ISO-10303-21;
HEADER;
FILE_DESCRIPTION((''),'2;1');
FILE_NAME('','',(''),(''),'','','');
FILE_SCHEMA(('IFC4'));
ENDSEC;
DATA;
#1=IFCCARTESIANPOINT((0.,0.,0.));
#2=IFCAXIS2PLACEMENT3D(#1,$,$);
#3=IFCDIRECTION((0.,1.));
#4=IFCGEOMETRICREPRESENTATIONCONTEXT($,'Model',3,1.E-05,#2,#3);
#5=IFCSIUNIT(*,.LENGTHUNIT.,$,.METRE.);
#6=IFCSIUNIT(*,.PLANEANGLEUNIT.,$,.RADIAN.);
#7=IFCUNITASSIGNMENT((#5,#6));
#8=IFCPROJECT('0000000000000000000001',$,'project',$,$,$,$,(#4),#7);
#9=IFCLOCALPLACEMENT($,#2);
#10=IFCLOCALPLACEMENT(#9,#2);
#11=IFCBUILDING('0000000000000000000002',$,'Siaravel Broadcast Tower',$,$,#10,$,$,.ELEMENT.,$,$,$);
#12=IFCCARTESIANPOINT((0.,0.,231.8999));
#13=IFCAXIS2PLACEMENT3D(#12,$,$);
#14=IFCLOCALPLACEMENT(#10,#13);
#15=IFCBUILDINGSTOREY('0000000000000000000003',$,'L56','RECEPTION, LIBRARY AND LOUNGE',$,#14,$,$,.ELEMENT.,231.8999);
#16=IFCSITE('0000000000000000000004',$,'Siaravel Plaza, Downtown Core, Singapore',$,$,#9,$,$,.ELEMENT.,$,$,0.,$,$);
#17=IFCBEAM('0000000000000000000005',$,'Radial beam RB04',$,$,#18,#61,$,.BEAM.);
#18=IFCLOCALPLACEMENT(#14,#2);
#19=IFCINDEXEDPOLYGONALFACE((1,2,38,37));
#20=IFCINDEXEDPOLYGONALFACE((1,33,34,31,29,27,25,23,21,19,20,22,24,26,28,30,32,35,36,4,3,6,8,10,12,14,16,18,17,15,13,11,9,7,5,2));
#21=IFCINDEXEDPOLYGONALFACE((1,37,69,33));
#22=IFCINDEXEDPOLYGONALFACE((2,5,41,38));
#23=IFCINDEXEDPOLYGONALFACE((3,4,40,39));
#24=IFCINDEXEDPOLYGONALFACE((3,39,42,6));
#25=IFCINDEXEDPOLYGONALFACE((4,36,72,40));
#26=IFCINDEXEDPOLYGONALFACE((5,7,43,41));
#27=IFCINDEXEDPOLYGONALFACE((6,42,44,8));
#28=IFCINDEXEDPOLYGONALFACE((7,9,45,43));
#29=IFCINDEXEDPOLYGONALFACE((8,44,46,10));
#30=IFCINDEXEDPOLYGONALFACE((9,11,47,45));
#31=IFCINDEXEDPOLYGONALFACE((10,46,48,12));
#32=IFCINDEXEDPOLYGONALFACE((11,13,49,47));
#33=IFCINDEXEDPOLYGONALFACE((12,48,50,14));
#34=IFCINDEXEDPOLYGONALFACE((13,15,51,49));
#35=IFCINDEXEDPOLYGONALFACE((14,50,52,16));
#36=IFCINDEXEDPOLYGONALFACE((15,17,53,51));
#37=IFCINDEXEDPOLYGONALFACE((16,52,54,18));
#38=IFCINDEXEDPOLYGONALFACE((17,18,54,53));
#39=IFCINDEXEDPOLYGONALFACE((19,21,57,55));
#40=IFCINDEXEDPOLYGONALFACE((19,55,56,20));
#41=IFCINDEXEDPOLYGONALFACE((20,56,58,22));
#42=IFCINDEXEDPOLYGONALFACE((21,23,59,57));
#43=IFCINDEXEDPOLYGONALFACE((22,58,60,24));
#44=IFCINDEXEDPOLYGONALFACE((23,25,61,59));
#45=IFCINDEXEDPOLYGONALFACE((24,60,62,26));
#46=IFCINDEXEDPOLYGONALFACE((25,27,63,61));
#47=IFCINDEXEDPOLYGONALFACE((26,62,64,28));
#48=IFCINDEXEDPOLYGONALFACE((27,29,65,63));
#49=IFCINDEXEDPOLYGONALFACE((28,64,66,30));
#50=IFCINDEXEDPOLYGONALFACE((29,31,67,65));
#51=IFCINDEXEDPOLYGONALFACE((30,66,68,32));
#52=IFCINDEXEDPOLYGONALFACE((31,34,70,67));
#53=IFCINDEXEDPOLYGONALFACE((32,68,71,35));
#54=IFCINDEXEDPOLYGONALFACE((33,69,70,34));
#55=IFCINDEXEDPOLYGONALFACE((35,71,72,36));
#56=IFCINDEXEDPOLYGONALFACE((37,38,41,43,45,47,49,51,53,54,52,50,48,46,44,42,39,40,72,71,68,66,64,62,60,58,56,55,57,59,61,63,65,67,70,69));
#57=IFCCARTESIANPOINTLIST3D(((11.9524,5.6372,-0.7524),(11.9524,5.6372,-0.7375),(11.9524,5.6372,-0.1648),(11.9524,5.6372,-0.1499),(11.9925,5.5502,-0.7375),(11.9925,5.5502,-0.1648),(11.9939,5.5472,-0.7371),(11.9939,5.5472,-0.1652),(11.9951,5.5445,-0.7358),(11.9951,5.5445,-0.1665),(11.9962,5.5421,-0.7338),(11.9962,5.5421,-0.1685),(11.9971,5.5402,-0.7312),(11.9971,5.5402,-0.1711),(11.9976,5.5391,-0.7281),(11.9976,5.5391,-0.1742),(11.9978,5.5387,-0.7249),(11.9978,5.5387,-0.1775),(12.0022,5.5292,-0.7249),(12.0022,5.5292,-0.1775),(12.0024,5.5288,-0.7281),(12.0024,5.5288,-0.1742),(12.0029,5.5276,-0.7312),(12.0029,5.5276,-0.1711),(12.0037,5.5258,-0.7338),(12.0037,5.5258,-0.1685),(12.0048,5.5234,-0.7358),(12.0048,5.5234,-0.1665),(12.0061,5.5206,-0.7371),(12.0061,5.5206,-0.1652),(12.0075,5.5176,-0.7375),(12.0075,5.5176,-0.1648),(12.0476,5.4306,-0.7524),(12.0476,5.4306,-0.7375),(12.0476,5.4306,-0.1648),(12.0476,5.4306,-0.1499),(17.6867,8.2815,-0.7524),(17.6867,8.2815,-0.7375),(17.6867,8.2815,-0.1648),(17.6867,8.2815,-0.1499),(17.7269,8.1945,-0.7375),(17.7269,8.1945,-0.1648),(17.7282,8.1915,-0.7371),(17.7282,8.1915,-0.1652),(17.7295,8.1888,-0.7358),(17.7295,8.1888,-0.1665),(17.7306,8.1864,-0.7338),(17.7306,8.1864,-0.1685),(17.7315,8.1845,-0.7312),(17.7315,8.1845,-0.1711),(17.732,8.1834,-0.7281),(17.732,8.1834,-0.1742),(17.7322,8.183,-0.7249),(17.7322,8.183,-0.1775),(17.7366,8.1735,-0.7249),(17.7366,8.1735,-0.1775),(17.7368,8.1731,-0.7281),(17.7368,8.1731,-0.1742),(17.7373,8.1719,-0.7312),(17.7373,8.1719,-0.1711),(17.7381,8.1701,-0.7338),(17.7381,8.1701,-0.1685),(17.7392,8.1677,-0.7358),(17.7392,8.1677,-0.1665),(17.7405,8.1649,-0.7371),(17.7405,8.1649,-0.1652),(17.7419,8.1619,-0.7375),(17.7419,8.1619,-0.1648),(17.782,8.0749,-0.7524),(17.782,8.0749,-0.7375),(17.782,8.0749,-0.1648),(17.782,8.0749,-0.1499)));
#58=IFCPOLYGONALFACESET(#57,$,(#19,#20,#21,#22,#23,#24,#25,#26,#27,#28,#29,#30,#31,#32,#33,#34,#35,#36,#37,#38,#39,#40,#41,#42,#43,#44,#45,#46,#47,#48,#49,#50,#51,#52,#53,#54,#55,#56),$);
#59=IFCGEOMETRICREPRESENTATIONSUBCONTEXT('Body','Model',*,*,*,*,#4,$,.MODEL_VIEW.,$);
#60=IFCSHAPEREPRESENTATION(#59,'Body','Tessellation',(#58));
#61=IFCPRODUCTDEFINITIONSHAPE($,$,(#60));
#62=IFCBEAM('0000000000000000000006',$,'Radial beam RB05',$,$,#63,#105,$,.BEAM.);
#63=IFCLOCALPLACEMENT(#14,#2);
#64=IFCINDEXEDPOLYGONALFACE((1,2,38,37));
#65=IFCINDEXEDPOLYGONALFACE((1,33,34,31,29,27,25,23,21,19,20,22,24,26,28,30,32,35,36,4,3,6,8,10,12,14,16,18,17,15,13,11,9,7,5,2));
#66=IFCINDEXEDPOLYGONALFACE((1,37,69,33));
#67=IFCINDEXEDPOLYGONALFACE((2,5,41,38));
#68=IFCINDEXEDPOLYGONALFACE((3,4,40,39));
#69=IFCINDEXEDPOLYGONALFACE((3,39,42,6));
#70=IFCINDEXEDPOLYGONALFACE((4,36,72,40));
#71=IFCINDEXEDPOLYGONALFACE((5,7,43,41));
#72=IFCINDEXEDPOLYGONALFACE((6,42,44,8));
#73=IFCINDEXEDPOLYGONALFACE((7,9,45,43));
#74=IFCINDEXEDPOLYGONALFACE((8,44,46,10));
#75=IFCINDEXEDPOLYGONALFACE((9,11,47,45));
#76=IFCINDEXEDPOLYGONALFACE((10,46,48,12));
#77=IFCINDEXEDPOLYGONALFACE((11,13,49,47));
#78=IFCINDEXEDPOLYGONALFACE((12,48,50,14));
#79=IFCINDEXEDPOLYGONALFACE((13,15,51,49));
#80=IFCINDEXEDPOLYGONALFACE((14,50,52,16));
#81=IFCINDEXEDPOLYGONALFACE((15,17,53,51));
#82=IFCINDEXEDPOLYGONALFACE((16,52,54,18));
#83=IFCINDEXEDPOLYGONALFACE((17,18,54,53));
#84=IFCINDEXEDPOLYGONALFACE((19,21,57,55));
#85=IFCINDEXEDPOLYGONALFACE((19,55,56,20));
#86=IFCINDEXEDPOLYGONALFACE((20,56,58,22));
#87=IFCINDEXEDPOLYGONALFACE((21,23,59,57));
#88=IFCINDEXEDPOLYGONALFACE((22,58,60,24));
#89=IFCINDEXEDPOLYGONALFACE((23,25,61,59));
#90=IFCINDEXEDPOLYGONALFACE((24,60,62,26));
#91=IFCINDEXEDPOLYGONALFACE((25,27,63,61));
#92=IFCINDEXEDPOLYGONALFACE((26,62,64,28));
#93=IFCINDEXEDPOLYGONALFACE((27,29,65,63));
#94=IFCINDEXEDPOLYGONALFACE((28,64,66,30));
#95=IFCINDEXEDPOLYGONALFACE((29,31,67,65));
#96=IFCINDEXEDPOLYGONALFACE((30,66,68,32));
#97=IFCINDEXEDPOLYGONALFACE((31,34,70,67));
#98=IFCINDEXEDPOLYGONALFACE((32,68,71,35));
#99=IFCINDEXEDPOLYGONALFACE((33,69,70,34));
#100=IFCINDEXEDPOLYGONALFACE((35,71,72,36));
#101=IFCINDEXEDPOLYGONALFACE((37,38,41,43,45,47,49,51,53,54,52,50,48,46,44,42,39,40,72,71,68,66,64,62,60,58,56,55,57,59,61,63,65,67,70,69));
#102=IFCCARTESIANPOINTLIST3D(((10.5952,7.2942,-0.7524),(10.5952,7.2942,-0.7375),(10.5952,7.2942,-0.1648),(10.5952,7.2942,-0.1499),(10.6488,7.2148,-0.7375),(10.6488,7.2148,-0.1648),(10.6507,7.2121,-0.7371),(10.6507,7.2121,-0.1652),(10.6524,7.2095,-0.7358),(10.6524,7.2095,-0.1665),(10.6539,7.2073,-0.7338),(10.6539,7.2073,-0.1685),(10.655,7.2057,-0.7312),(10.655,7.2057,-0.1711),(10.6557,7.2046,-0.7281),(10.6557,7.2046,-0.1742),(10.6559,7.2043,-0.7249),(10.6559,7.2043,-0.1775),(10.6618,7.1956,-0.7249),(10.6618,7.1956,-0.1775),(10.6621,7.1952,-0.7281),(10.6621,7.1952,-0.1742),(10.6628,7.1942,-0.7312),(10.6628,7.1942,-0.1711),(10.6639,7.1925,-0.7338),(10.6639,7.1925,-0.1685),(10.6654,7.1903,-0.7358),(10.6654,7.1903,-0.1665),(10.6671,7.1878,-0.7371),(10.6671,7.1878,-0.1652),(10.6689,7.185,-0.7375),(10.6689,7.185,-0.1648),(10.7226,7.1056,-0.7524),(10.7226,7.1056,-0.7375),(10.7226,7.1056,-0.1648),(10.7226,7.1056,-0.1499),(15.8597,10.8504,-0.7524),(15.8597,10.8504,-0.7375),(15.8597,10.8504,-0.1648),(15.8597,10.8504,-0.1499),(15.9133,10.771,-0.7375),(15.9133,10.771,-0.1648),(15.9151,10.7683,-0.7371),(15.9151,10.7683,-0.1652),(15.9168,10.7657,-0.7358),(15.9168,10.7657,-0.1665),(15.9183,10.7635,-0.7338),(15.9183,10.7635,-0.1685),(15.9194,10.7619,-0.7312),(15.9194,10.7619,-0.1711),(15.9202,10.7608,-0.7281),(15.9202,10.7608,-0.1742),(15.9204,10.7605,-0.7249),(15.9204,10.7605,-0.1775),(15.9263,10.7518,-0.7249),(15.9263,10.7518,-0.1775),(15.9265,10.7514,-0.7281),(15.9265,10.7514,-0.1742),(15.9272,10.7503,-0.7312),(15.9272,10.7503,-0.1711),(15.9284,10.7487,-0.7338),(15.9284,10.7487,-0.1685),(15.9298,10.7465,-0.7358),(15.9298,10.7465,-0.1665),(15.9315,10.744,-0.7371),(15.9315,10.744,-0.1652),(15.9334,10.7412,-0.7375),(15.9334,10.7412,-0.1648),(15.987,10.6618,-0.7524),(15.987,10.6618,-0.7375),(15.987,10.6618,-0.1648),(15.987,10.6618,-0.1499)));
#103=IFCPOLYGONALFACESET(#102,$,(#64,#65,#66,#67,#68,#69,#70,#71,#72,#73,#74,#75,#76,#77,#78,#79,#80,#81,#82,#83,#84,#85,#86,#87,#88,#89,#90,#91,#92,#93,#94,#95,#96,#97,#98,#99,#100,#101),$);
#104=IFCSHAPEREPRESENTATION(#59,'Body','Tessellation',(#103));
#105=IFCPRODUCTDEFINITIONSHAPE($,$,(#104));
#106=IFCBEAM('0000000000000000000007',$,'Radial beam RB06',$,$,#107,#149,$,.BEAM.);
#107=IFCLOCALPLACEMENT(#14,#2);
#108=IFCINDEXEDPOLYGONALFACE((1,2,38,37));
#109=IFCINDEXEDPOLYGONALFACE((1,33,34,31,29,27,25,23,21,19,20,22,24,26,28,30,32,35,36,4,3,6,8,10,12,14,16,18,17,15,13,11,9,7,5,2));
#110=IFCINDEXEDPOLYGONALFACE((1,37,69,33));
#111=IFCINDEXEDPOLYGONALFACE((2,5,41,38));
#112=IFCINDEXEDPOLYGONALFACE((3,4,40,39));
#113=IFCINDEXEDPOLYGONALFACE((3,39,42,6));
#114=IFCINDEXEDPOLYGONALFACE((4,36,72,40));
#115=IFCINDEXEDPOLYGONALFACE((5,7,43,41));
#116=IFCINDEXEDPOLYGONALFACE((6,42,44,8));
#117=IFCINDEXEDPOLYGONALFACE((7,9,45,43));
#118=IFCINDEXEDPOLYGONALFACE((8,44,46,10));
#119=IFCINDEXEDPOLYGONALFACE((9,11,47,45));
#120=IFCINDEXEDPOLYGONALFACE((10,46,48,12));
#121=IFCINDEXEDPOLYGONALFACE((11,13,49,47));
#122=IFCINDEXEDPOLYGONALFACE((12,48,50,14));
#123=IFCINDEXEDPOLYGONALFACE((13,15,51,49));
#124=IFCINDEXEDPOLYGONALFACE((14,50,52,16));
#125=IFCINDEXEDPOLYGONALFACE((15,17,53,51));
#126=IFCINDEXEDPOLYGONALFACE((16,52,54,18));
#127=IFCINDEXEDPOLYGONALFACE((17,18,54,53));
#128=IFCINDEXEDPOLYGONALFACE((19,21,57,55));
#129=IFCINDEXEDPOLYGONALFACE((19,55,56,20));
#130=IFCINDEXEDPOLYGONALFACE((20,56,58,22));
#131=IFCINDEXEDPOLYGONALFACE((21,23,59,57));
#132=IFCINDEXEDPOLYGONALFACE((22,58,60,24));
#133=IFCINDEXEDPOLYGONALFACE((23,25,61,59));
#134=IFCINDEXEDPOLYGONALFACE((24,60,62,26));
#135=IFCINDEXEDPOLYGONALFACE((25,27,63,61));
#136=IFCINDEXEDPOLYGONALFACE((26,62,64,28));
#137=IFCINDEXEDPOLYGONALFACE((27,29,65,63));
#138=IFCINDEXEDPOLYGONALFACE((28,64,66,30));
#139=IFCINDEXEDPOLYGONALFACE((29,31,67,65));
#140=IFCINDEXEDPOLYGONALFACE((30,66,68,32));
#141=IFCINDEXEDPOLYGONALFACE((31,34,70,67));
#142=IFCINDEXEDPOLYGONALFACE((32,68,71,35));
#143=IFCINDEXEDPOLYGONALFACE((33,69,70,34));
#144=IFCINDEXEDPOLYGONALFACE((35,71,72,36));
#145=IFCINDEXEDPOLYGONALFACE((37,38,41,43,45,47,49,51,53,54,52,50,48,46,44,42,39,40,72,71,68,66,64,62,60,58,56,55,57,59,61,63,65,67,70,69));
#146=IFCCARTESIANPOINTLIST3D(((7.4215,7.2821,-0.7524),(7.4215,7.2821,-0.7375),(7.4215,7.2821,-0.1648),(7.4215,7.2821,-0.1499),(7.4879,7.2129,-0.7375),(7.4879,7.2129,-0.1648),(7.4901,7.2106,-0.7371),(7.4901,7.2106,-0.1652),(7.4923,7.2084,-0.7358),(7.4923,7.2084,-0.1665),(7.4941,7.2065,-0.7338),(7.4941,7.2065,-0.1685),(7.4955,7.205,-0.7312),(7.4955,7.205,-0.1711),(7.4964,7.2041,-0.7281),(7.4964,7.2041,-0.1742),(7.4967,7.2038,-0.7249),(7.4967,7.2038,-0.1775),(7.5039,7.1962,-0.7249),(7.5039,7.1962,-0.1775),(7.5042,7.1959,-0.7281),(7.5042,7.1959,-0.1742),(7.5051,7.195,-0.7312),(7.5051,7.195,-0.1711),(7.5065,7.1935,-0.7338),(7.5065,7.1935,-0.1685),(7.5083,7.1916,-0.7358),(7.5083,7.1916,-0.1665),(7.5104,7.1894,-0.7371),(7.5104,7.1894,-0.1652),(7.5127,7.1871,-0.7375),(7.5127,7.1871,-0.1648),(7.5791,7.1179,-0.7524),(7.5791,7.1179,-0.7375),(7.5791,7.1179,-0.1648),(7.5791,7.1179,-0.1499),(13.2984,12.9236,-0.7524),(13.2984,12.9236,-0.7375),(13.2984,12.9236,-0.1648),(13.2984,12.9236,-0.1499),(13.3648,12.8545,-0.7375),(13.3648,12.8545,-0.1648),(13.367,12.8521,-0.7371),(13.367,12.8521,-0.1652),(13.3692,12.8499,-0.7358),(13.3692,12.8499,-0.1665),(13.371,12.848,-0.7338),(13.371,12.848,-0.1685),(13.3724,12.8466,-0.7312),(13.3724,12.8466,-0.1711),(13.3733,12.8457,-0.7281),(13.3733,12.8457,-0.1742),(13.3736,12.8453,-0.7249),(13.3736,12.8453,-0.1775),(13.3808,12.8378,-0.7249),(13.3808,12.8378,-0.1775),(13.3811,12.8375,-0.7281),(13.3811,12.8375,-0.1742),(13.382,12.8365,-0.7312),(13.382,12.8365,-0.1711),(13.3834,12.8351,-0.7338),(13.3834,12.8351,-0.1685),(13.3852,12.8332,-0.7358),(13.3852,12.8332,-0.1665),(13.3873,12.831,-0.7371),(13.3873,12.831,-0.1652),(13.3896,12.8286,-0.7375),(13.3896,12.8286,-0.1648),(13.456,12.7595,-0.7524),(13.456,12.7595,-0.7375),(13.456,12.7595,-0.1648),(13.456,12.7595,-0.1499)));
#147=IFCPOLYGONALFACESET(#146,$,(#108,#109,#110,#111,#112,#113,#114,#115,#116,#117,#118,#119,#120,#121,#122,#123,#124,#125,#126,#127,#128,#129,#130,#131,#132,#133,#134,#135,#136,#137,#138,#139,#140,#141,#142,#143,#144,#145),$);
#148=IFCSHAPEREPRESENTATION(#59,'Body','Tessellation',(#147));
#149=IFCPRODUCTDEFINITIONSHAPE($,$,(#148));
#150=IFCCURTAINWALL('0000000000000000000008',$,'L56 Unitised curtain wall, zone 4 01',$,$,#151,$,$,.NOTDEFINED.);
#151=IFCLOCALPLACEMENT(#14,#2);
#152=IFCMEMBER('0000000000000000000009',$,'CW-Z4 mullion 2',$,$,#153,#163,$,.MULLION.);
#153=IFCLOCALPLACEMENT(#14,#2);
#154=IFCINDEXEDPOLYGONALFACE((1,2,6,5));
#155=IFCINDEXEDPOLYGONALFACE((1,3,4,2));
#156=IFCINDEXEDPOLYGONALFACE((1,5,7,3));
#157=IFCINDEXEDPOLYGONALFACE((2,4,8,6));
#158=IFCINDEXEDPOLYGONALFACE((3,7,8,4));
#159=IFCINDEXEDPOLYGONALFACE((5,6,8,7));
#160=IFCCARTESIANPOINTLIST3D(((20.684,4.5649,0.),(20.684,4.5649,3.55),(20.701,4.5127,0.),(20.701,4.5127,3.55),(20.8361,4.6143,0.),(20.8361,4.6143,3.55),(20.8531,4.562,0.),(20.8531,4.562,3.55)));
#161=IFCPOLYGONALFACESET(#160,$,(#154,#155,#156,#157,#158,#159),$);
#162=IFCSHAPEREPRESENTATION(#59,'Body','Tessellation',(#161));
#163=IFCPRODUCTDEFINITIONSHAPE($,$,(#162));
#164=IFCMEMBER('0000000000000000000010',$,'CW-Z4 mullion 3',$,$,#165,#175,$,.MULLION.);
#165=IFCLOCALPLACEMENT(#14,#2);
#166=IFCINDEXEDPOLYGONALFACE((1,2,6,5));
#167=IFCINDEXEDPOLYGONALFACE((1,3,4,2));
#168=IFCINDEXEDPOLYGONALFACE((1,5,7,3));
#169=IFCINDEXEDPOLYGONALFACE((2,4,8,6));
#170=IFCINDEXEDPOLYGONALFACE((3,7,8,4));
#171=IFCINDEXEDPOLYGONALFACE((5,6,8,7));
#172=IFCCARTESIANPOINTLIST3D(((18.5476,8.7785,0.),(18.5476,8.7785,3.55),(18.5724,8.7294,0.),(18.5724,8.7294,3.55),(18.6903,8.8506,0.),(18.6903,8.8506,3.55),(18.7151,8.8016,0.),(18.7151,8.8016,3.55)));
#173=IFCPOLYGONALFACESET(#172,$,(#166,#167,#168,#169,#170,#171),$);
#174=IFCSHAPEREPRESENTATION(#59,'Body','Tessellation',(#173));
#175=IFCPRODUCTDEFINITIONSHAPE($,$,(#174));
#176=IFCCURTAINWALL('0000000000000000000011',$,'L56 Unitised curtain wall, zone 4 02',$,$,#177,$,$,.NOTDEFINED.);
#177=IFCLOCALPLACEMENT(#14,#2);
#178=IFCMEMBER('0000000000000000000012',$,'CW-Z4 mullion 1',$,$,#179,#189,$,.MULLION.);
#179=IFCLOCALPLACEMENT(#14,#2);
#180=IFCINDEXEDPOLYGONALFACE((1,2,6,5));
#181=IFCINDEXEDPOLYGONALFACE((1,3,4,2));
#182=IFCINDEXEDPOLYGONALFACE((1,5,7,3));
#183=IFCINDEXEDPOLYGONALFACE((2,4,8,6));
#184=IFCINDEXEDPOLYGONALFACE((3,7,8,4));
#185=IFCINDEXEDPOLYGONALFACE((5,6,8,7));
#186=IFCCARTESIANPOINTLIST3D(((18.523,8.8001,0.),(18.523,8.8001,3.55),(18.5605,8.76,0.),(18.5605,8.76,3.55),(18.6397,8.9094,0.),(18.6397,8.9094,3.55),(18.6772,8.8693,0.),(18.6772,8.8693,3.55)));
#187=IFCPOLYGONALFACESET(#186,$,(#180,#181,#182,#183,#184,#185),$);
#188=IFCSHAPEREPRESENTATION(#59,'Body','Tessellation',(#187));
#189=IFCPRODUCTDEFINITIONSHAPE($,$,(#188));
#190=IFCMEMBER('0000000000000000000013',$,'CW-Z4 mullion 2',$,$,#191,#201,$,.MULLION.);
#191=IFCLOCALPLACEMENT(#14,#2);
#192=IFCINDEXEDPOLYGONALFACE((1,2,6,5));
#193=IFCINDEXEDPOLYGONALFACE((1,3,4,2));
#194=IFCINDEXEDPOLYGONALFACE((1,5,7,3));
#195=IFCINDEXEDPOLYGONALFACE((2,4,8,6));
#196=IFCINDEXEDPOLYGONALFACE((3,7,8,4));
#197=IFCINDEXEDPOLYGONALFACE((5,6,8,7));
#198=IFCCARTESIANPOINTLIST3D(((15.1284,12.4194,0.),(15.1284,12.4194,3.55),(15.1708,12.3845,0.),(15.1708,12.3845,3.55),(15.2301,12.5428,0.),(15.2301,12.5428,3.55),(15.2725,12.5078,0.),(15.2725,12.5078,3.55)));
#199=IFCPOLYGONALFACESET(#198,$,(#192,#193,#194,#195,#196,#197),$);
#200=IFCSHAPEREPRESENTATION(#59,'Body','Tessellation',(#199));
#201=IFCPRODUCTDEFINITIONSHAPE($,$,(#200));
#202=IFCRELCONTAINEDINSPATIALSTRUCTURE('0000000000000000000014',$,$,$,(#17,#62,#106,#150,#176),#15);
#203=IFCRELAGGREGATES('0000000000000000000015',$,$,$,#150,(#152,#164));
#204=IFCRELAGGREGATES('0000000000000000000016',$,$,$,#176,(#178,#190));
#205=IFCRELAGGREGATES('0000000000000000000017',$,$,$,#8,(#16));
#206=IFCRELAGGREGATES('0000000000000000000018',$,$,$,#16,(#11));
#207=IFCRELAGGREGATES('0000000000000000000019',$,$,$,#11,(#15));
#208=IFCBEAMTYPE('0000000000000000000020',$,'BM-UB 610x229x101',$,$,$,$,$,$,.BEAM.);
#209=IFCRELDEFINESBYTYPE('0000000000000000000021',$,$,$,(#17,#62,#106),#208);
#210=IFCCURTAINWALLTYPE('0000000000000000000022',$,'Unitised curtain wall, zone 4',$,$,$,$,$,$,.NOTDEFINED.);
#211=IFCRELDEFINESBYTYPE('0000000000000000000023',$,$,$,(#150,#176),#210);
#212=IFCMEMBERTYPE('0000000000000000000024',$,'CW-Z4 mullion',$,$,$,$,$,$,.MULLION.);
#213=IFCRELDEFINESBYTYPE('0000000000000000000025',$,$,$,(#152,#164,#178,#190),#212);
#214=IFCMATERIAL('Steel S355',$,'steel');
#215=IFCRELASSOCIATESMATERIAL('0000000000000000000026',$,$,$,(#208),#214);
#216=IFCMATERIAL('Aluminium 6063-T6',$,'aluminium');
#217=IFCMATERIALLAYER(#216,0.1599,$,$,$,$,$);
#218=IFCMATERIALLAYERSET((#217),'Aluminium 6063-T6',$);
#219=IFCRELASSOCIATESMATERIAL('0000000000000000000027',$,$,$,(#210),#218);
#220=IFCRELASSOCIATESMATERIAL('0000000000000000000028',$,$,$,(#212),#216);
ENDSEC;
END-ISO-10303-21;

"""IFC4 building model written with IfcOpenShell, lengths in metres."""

from ifc_helpers import new_model, si_unit, direction, frame, origin, origin_2d, place, context, subcontext, project, spatial, rectangle, i_section, extrude, material, layer, layer_set, material_profile, profile_set, type_object, element, aggregate, save


model = new_model("IFC4")

# Units and contexts
model_context = context("Model", 3, precision=1e-05, world=origin(), true_north=direction((0.0, 1.0)))
body_context = subcontext(model_context, "Body", "Model", "MODEL_VIEW")
ifc_project = project(units=[si_unit("LENGTHUNIT", "METRE"), si_unit("PLANEANGLEUNIT", "RADIAN")], contexts=[model_context])

# Site, building, storey
site_placement = place(None, origin())
site = spatial("IfcSite", under=ifc_project, at=site_placement, Name="Siaravel Plaza, Downtown Core, Singapore", CompositionType="ELEMENT", RefElevation=0.0)
building_placement = place(site_placement, origin())
building = spatial("IfcBuilding", under=site, at=building_placement, Name="Siaravel Broadcast Tower", CompositionType="ELEMENT")
storey_placement = place(building_placement, frame((0.0, 0.0, 231.8999)))
storey = spatial("IfcBuildingStorey", under=building, at=storey_placement, Name="L56", Description="RECEPTION, LIBRARY AND LOUNGE", CompositionType="ELEMENT", Elevation=231.8999)

# Beams
ifc_material_1 = material(Name="Steel S355", Category="steel")
ifc_material_profile_1 = material_profile(ifc_material_1, i_section(OverallWidth=0.2275, OverallDepth=0.6025, WebThickness=0.0105, FlangeThickness=0.0149, FilletRadius=0.0127, at=origin_2d()))
ifc_profile_set_1 = profile_set([ifc_material_profile_1], Name="Steel S355")
beam_type = type_object("IfcBeamType", Name="BM-UB 610x229x101", PredefinedType="BEAM", material=ifc_profile_set_1)
beam_1_placement = place(storey_placement, frame((17.7344, 8.1782, -0.4512), z_axis=(-0.908101, -0.418752, 0.0), x_axis=(0.418752, -0.908101, 0.0)))
element("IfcBeam", 1, at=beam_1_placement, inside=storey, type_object=beam_type, Name="Radial beam RB04", PredefinedType="BEAM", context=body_context, shape_type="SweptSolid", body=[
    extrude(i_section(OverallWidth=0.2275, OverallDepth=0.6025, WebThickness=0.0105, FlangeThickness=0.0149, FilletRadius=0.0127, at=origin_2d()), origin(), (0.0, 0.0, 1.0), 6.3147),
])
beam_2_placement = place(storey_placement, frame((15.9233, 10.7561, -0.4512), z_axis=(-0.828653, -0.559763, 0.0), x_axis=(0.559763, -0.828653, 0.0)))
element("IfcBeam", 2, at=beam_2_placement, inside=storey, type_object=beam_type, Name="Radial beam RB05", PredefinedType="BEAM", context=body_context, shape_type="SweptSolid", body=[
    extrude(i_section(OverallWidth=0.2275, OverallDepth=0.6025, WebThickness=0.0105, FlangeThickness=0.0149, FilletRadius=0.0127, at=origin_2d()), origin(), (0.0, 0.0, 1.0), 6.353),
])
beam_3_placement = place(storey_placement, frame((13.3772, 12.8416, -0.4512), z_axis=(-0.721404, -0.692514, 0.0), x_axis=(0.692514, -0.721404, 0.0)))
element("IfcBeam", 3, at=beam_3_placement, inside=storey, type_object=beam_type, Name="Radial beam RB06", PredefinedType="BEAM", context=body_context, shape_type="SweptSolid", body=[
    extrude(i_section(OverallWidth=0.2275, OverallDepth=0.6025, WebThickness=0.0105, FlangeThickness=0.0149, FilletRadius=0.0127, at=origin_2d()), origin(), (0.0, 0.0, 1.0), 8.1465),
])

# Curtain walls, members
ifc_material_2 = material(Name="Aluminium 6063-T6", Category="aluminium")
ifc_layer_1 = layer(ifc_material_2, 0.1599)
ifc_layer_set_1 = layer_set([ifc_layer_1], Name="Aluminium 6063-T6")
curtain_wall_type = type_object("IfcCurtainWallType", Name="Unitised curtain wall, zone 4", PredefinedType="NOTDEFINED", material=ifc_layer_set_1)
curtain_wall_1_placement = place(storey_placement, origin())
curtain_wall_1 = element("IfcCurtainWall", 4, at=curtain_wall_1_placement, inside=storey, type_object=curtain_wall_type, Name="L56 Unitised curtain wall, zone 4 01", PredefinedType="NOTDEFINED")
ifc_material_profile_2 = material_profile(ifc_material_2, rectangle(XDim=0.1599, YDim=0.0549, at=origin_2d()))
ifc_profile_set_2 = profile_set([ifc_material_profile_2], Name="Aluminium 6063-T6")
member_type_1 = type_object("IfcMemberType", Name="CW-Z4 mullion", PredefinedType="MULLION", material=ifc_profile_set_2)
member_1_placement = place(storey_placement, frame((20.7686, 4.5635, 0.0), z_axis=(0.0, 0.0, 1.0), x_axis=(-0.951178, -0.308644, 0.0)))
member_1 = element("IfcMember", 5, at=member_1_placement, type_object=member_type_1, Name="CW-Z4 mullion 2", PredefinedType="MULLION", context=body_context, shape_type="SweptSolid", body=[
    extrude(rectangle(XDim=0.1599, YDim=0.0549, at=origin_2d()), origin(), (0.0, 0.0, 1.0), 3.55),
])
member_2_placement = place(storey_placement, frame((18.6313, 8.79, 0.0), z_axis=(0.0, 0.0, 1.0), x_axis=(-0.892393, -0.451259, 0.0)))
member_2 = element("IfcMember", 6, at=member_2_placement, type_object=member_type_1, Name="CW-Z4 mullion 3", PredefinedType="MULLION", context=body_context, shape_type="SweptSolid", body=[
    extrude(rectangle(XDim=0.1599, YDim=0.0549, at=origin_2d()), origin(), (0.0, 0.0, 1.0), 3.55),
])
curtain_wall_2_placement = place(storey_placement, origin())
curtain_wall_2 = element("IfcCurtainWall", 7, at=curtain_wall_2_placement, inside=storey, type_object=curtain_wall_type, Name="L56 Unitised curtain wall, zone 4 02", PredefinedType="NOTDEFINED")
member_3_placement = place(storey_placement, frame((18.6001, 8.8347, 0.0), z_axis=(0.0, 0.0, 1.0), x_axis=(-0.729806, -0.683654, 0.0)))
member_3 = element("IfcMember", 8, at=member_3_placement, type_object=member_type_1, Name="CW-Z4 mullion 1", PredefinedType="MULLION", context=body_context, shape_type="SweptSolid", body=[
    extrude(rectangle(XDim=0.1599, YDim=0.0549, at=origin_2d()), origin(), (0.0, 0.0, 1.0), 3.55),
])
member_4_placement = place(storey_placement, frame((15.2004, 12.4636, 0.0), z_axis=(0.0, 0.0, 1.0), x_axis=(-0.63622, -0.771508, 0.0)))
member_4 = element("IfcMember", 9, at=member_4_placement, type_object=member_type_1, Name="CW-Z4 mullion 2", PredefinedType="MULLION", context=body_context, shape_type="SweptSolid", body=[
    extrude(rectangle(XDim=0.1599, YDim=0.0549, at=origin_2d()), origin(), (0.0, 0.0, 1.0), 3.55),
])

aggregate(curtain_wall_1, [member_1, member_2])
aggregate(curtain_wall_2, [member_3, member_4])

save(model, "model.ifc")
